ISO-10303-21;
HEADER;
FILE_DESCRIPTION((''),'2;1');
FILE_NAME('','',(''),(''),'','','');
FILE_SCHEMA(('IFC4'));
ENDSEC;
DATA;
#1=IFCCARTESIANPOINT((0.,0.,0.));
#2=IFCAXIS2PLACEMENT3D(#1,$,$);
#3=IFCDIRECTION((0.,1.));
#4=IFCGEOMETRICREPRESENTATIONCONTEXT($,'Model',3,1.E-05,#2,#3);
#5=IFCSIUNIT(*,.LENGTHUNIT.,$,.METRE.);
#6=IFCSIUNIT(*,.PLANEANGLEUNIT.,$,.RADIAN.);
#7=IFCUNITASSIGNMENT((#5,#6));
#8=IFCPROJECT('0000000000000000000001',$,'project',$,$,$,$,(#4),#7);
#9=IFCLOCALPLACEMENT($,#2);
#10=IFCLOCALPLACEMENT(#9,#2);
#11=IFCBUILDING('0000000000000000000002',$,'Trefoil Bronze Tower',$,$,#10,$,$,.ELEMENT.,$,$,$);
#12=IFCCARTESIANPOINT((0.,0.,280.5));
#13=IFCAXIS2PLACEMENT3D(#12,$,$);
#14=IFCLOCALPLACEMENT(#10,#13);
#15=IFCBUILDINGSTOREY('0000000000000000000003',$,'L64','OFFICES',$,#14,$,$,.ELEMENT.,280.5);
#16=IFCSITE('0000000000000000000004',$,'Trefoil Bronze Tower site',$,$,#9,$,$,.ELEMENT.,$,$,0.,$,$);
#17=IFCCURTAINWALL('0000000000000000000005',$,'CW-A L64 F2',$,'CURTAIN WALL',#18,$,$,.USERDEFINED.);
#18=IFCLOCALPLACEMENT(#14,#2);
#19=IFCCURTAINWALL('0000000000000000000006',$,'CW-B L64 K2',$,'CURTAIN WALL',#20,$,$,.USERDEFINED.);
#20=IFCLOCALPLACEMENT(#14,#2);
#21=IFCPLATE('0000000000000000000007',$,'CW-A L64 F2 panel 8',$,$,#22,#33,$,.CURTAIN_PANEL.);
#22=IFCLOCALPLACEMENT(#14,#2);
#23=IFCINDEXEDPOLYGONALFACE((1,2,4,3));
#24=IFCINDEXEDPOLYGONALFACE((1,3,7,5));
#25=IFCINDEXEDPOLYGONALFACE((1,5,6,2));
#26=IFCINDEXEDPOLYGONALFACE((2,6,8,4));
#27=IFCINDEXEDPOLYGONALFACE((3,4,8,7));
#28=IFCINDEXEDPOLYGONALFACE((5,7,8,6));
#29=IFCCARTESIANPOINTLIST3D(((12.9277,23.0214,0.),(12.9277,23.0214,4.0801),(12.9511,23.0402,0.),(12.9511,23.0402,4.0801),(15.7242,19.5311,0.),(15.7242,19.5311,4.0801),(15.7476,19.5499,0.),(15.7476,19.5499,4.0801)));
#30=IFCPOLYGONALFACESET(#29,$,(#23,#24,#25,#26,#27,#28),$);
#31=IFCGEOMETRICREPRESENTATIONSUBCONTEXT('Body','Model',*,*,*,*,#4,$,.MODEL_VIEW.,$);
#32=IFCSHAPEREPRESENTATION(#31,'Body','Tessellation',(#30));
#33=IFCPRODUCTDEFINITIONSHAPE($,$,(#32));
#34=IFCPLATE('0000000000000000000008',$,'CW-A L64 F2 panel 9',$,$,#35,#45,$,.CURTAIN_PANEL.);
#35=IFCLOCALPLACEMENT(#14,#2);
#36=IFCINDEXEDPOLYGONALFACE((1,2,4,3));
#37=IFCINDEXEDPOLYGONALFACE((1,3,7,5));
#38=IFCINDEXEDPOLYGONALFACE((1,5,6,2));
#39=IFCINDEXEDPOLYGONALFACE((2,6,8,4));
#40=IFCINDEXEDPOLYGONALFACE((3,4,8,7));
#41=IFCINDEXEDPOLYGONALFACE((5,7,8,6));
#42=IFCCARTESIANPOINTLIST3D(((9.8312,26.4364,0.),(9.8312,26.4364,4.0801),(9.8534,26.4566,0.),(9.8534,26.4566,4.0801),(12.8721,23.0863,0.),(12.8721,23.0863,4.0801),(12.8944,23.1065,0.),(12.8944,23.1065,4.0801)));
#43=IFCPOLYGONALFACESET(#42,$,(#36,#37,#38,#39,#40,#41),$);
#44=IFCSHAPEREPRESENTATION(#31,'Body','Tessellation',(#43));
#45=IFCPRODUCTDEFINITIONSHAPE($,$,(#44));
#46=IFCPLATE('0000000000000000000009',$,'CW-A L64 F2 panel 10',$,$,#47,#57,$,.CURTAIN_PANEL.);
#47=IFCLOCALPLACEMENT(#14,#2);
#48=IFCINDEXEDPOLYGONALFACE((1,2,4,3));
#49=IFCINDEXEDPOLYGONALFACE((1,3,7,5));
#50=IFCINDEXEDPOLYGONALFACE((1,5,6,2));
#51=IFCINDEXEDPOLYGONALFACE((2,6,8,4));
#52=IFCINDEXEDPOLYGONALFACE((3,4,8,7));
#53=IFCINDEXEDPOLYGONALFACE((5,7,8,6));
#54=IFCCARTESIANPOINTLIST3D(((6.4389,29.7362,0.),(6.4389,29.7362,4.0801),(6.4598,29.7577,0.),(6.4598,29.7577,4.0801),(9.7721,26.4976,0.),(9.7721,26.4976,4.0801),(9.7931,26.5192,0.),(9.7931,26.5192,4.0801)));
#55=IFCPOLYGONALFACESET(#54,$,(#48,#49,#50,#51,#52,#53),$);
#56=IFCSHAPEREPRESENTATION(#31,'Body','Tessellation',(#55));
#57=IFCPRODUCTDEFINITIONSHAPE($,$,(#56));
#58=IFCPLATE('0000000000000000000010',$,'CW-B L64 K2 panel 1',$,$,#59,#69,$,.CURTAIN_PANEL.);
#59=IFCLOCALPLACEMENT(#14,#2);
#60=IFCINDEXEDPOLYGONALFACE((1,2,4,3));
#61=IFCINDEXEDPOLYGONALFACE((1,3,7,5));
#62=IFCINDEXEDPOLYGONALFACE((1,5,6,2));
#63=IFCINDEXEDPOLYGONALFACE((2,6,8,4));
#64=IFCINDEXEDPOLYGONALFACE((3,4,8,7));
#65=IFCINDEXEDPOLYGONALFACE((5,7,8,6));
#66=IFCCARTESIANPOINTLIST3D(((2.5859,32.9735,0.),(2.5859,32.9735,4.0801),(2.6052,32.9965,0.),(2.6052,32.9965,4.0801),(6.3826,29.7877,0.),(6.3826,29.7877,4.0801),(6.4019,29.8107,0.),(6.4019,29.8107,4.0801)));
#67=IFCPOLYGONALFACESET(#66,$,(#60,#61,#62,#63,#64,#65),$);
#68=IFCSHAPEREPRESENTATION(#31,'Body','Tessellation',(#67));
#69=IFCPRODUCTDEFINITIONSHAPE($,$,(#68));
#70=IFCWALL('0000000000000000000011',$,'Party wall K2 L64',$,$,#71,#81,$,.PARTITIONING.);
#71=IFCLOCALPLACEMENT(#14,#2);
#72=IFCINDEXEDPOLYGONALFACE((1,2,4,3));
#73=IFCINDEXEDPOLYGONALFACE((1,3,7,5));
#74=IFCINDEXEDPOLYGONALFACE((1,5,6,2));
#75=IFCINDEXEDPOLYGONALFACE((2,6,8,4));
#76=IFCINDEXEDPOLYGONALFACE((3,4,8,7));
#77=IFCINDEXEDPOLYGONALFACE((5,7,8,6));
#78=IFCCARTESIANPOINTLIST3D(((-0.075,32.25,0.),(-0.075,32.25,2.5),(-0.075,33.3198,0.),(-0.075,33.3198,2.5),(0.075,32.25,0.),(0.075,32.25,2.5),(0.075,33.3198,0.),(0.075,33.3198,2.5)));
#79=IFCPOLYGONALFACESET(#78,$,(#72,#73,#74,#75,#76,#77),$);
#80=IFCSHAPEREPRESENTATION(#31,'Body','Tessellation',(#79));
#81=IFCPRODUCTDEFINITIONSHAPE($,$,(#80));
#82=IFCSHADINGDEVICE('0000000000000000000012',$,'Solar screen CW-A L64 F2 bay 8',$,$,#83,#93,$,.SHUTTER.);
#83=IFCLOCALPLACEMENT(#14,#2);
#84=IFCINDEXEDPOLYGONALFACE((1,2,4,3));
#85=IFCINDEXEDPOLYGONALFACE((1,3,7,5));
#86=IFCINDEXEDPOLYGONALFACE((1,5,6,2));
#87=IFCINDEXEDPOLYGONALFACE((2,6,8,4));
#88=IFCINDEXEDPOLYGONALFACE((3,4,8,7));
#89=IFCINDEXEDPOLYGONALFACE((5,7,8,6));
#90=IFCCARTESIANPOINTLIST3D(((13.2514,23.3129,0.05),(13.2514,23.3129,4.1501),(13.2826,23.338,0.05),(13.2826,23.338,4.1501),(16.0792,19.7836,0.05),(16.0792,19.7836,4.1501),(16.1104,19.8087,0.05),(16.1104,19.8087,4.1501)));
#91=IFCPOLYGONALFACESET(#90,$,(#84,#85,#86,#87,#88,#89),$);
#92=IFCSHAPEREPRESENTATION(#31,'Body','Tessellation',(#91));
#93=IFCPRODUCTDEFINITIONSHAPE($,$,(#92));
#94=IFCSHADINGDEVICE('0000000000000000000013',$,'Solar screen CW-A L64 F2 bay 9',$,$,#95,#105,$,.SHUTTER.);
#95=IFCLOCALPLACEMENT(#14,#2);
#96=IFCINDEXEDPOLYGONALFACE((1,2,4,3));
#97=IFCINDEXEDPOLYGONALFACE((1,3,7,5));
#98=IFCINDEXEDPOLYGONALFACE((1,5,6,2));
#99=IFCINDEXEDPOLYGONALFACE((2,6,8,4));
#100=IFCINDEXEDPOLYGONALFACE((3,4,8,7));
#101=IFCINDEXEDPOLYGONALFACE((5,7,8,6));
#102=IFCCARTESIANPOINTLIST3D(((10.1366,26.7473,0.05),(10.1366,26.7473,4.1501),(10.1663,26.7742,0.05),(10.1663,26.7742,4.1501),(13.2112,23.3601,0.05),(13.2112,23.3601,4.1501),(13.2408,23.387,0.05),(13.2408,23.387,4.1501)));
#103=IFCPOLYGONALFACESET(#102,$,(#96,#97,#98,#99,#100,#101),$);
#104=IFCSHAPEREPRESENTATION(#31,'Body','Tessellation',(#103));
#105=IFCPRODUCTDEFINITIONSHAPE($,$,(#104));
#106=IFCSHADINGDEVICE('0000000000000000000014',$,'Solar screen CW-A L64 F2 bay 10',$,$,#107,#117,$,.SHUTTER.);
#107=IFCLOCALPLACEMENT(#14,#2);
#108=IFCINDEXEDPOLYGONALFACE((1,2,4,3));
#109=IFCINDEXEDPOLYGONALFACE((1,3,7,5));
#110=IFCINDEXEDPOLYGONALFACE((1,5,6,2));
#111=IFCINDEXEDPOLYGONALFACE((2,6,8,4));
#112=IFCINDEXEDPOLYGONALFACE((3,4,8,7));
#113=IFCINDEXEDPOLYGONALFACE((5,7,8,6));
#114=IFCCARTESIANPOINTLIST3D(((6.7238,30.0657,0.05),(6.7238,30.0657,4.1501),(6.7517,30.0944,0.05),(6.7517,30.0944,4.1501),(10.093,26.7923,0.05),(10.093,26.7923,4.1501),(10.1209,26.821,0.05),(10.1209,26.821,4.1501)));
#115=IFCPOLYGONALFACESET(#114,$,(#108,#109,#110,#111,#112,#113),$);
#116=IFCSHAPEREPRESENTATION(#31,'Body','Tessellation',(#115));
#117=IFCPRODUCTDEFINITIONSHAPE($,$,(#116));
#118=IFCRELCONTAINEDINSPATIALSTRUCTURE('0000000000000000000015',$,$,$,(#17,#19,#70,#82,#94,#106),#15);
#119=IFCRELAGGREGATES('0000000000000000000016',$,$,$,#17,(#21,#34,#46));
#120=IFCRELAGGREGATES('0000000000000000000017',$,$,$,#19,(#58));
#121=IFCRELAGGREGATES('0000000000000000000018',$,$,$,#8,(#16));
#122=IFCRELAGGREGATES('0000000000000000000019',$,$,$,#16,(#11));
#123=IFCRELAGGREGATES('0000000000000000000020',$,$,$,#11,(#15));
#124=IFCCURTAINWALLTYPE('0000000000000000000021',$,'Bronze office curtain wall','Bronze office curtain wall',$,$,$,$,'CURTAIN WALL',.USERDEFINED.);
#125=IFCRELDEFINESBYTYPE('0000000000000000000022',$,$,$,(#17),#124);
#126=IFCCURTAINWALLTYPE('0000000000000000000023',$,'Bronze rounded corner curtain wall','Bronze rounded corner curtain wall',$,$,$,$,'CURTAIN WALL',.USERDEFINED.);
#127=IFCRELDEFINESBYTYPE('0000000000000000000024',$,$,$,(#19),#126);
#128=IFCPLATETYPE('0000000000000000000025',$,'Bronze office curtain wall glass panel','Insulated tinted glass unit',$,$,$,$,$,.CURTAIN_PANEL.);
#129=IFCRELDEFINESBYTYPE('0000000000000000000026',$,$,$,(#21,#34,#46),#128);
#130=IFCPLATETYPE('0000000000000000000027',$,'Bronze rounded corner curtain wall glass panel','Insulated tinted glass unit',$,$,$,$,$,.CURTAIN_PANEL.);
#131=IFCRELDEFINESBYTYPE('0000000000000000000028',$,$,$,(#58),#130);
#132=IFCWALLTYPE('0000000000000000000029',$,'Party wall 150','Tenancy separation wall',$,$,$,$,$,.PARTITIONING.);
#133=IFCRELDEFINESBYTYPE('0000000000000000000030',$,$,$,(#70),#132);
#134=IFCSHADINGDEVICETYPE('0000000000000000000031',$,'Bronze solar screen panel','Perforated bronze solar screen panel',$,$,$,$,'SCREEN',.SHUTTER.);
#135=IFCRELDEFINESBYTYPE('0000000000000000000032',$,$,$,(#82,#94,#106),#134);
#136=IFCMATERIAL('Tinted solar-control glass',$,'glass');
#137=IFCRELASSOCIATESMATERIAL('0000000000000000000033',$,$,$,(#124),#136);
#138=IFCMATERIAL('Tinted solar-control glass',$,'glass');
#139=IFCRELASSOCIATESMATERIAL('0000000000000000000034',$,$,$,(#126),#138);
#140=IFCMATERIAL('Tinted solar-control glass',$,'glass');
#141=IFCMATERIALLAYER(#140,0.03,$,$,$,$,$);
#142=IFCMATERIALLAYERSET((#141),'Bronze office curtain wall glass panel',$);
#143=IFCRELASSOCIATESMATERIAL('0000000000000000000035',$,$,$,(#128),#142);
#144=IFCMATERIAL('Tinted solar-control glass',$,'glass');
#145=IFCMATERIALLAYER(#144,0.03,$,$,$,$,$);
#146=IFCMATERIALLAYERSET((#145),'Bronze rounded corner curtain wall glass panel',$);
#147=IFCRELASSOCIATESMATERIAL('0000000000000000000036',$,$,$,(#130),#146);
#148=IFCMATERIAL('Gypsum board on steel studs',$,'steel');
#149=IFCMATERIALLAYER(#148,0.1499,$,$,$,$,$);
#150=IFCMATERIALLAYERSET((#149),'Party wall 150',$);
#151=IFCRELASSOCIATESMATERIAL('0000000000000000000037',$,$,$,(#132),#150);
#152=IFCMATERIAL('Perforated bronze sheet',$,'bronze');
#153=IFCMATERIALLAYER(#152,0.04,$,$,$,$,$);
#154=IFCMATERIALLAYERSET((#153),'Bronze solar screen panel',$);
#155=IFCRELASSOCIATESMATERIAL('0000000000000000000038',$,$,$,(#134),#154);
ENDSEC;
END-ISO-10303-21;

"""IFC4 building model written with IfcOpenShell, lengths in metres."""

from ifc_helpers import new_model, si_unit, direction, frame, frame_2d, origin, origin_2d, place, context, subcontext, project, spatial, rectangle, extrude, material, layer, layer_set, type_object, element, aggregate, save


model = new_model("IFC4")

# Units and contexts
model_context = context("Model", 3, precision=1e-05, world=origin(), true_north=direction((0.0, 1.0)))
body_context = subcontext(model_context, "Body", "Model", "MODEL_VIEW")
ifc_project = project(units=[si_unit("LENGTHUNIT", "METRE"), si_unit("PLANEANGLEUNIT", "RADIAN")], contexts=[model_context])

# Site, building, storey
site_placement = place(None, origin())
site = spatial("IfcSite", under=ifc_project, at=site_placement, Name="Trefoil Bronze Tower site", CompositionType="ELEMENT", RefElevation=0.0)
building_placement = place(site_placement, origin())
building = spatial("IfcBuilding", under=site, at=building_placement, Name="Trefoil Bronze Tower", CompositionType="ELEMENT")
storey_placement = place(building_placement, frame((0.0, 0.0, 280.5)))
storey = spatial("IfcBuildingStorey", under=building, at=storey_placement, Name="L64", Description="OFFICES", CompositionType="ELEMENT", Elevation=280.5)

# Curtain walls
ifc_material_1 = material(Name="Tinted solar-control glass", Category="glass")
curtain_wall_type_1 = type_object("IfcCurtainWallType", Name="Bronze office curtain wall", Description="Bronze office curtain wall", ElementType="CURTAIN WALL", PredefinedType="USERDEFINED", material=ifc_material_1)
curtain_wall_1_placement = place(storey_placement, origin())
curtain_wall_1 = element("IfcCurtainWall", 1, at=curtain_wall_1_placement, inside=storey, type_object=curtain_wall_type_1, Name="CW-A L64 F2", ObjectType="CURTAIN WALL", PredefinedType="USERDEFINED")
ifc_material_2 = material(Name="Tinted solar-control glass", Category="glass")
curtain_wall_type_2 = type_object("IfcCurtainWallType", Name="Bronze rounded corner curtain wall", Description="Bronze rounded corner curtain wall", ElementType="CURTAIN WALL", PredefinedType="USERDEFINED", material=ifc_material_2)
curtain_wall_2_placement = place(storey_placement, origin())
curtain_wall_2 = element("IfcCurtainWall", 2, at=curtain_wall_2_placement, inside=storey, type_object=curtain_wall_type_2, Name="CW-B L64 K2", ObjectType="CURTAIN WALL", PredefinedType="USERDEFINED")

# Plates
ifc_material_3 = material(Name="Tinted solar-control glass", Category="glass")
ifc_layer_1 = layer(ifc_material_3, 0.03)
ifc_layer_set_1 = layer_set([ifc_layer_1], Name="Bronze office curtain wall glass panel")
plate_type_1 = type_object("IfcPlateType", Name="Bronze office curtain wall glass panel", Description="Insulated tinted glass unit", PredefinedType="CURTAIN_PANEL", material=ifc_layer_set_1)
plate_1_placement = place(storey_placement, frame((14.3376, 21.2856, 0.0), z_axis=(0.0, 0.0, 1.0), x_axis=(-0.625287, 0.780395, 0.0)))
plate_1 = element("IfcPlate", 3, at=plate_1_placement, type_object=plate_type_1, Name="CW-A L64 F2 panel 8", PredefinedType="CURTAIN_PANEL", context=body_context, shape_type="SweptSolid", body=[
    extrude(rectangle(XDim=4.4724, YDim=0.03, at=origin_2d()), origin(), (0.0, 0.0, 1.0), 4.0801),
])
plate_2_placement = place(storey_placement, frame((11.3628, 24.7715, 0.0), z_axis=(0.0, 0.0, 1.0), x_axis=(-0.672115, 0.740447, 0.0)))
plate_2 = element("IfcPlate", 4, at=plate_2_placement, type_object=plate_type_1, Name="CW-A L64 F2 panel 9", PredefinedType="CURTAIN_PANEL", context=body_context, shape_type="SweptSolid", body=[
    extrude(rectangle(XDim=4.5244, YDim=0.03, at=origin_2d()), origin(), (0.0, 0.0, 1.0), 4.0801),
])
plate_3_placement = place(storey_placement, frame((8.116, 28.1277, 0.0), z_axis=(0.0, 0.0, 1.0), x_axis=(-0.717218, 0.696849, 0.0)))
plate_3 = element("IfcPlate", 5, at=plate_3_placement, type_object=plate_type_1, Name="CW-A L64 F2 panel 10", PredefinedType="CURTAIN_PANEL", context=body_context, shape_type="SweptSolid", body=[
    extrude(rectangle(XDim=4.6475, YDim=0.03, at=origin_2d()), origin(), (0.0, 0.0, 1.0), 4.0801),
])
aggregate(curtain_wall_1, [plate_1, plate_2, plate_3])
ifc_material_4 = material(Name="Tinted solar-control glass", Category="glass")
ifc_layer_2 = layer(ifc_material_4, 0.03)
ifc_layer_set_2 = layer_set([ifc_layer_2], Name="Bronze rounded corner curtain wall glass panel")
plate_type_2 = type_object("IfcPlateType", Name="Bronze rounded corner curtain wall glass panel", Description="Insulated tinted glass unit", PredefinedType="CURTAIN_PANEL", material=ifc_layer_set_2)
plate_4_placement = place(storey_placement, frame((4.4939, 31.3921, 0.0), z_axis=(0.0, 0.0, 1.0), x_axis=(-0.766044, 0.642788, 0.0)))
plate_4 = element("IfcPlate", 6, at=plate_4_placement, type_object=plate_type_2, Name="CW-B L64 K2 panel 1", PredefinedType="CURTAIN_PANEL", context=body_context, shape_type="SweptSolid", body=[
    extrude(rectangle(XDim=4.9563, YDim=0.03, at=origin_2d()), origin(), (0.0, 0.0, 1.0), 4.0801),
])
aggregate(curtain_wall_2, [plate_4])

# Wall
ifc_material_5 = material(Name="Gypsum board on steel studs", Category="steel")
ifc_layer_3 = layer(ifc_material_5, 0.1499)
ifc_layer_set_3 = layer_set([ifc_layer_3], Name="Party wall 150")
wall_type = type_object("IfcWallType", Name="Party wall 150", Description="Tenancy separation wall", PredefinedType="PARTITIONING", material=ifc_layer_set_3)
wall_placement = place(storey_placement, frame((0.0, 32.25, 0.0), z_axis=(0.0, 0.0, 1.0), x_axis=(0.0, 1.0, 0.0)))
element("IfcWall", 7, at=wall_placement, inside=storey, type_object=wall_type, Name="Party wall K2 L64", PredefinedType="PARTITIONING", context=body_context, shape_type="SweptSolid", body=[
    extrude(rectangle(XDim=1.0698, YDim=0.1499, at=frame_2d((0.5349, 0.0))), origin(), (0.0, 0.0, 1.0), 2.5),
])

# Shading devices
ifc_material_6 = material(Name="Perforated bronze sheet", Category="bronze")
ifc_layer_4 = layer(ifc_material_6, 0.04)
ifc_layer_set_4 = layer_set([ifc_layer_4], Name="Bronze solar screen panel")
shading_device_type = type_object("IfcShadingDeviceType", Name="Bronze solar screen panel", Description="Perforated bronze solar screen panel", ElementType="SCREEN", PredefinedType="SHUTTER", material=ifc_layer_set_4)
shading_device_1_placement = place(storey_placement, frame((14.6809, 21.5608, 0.05), z_axis=(0.0, 0.0, 1.0), x_axis=(-0.625287, 0.780395, 0.0)))
element("IfcShadingDevice", 8, at=shading_device_1_placement, inside=storey, type_object=shading_device_type, Name="Solar screen CW-A L64 F2 bay 8", PredefinedType="SHUTTER", context=body_context, shape_type="SweptSolid", body=[
    extrude(rectangle(XDim=4.5225, YDim=0.04, at=origin_2d()), origin(), (0.0, 0.0, 1.0), 4.1001),
])
shading_device_2_placement = place(storey_placement, frame((11.6887, 25.0671, 0.05), z_axis=(0.0, 0.0, 1.0), x_axis=(-0.672115, 0.740447, 0.0)))
element("IfcShadingDevice", 9, at=shading_device_2_placement, inside=storey, type_object=shading_device_type, Name="Solar screen CW-A L64 F2 bay 9", PredefinedType="SHUTTER", context=body_context, shape_type="SweptSolid", body=[
    extrude(rectangle(XDim=4.5745, YDim=0.04, at=origin_2d()), origin(), (0.0, 0.0, 1.0), 4.1001),
])
shading_device_3_placement = place(storey_placement, frame((8.4224, 28.4434, 0.05), z_axis=(0.0, 0.0, 1.0), x_axis=(-0.717218, 0.696849, 0.0)))
element("IfcShadingDevice", 10, at=shading_device_3_placement, inside=storey, type_object=shading_device_type, Name="Solar screen CW-A L64 F2 bay 10", PredefinedType="SHUTTER", context=body_context, shape_type="SweptSolid", body=[
    extrude(rectangle(XDim=4.6975, YDim=0.04, at=origin_2d()), origin(), (0.0, 0.0, 1.0), 4.1001),
])

save(model, "model.ifc")
